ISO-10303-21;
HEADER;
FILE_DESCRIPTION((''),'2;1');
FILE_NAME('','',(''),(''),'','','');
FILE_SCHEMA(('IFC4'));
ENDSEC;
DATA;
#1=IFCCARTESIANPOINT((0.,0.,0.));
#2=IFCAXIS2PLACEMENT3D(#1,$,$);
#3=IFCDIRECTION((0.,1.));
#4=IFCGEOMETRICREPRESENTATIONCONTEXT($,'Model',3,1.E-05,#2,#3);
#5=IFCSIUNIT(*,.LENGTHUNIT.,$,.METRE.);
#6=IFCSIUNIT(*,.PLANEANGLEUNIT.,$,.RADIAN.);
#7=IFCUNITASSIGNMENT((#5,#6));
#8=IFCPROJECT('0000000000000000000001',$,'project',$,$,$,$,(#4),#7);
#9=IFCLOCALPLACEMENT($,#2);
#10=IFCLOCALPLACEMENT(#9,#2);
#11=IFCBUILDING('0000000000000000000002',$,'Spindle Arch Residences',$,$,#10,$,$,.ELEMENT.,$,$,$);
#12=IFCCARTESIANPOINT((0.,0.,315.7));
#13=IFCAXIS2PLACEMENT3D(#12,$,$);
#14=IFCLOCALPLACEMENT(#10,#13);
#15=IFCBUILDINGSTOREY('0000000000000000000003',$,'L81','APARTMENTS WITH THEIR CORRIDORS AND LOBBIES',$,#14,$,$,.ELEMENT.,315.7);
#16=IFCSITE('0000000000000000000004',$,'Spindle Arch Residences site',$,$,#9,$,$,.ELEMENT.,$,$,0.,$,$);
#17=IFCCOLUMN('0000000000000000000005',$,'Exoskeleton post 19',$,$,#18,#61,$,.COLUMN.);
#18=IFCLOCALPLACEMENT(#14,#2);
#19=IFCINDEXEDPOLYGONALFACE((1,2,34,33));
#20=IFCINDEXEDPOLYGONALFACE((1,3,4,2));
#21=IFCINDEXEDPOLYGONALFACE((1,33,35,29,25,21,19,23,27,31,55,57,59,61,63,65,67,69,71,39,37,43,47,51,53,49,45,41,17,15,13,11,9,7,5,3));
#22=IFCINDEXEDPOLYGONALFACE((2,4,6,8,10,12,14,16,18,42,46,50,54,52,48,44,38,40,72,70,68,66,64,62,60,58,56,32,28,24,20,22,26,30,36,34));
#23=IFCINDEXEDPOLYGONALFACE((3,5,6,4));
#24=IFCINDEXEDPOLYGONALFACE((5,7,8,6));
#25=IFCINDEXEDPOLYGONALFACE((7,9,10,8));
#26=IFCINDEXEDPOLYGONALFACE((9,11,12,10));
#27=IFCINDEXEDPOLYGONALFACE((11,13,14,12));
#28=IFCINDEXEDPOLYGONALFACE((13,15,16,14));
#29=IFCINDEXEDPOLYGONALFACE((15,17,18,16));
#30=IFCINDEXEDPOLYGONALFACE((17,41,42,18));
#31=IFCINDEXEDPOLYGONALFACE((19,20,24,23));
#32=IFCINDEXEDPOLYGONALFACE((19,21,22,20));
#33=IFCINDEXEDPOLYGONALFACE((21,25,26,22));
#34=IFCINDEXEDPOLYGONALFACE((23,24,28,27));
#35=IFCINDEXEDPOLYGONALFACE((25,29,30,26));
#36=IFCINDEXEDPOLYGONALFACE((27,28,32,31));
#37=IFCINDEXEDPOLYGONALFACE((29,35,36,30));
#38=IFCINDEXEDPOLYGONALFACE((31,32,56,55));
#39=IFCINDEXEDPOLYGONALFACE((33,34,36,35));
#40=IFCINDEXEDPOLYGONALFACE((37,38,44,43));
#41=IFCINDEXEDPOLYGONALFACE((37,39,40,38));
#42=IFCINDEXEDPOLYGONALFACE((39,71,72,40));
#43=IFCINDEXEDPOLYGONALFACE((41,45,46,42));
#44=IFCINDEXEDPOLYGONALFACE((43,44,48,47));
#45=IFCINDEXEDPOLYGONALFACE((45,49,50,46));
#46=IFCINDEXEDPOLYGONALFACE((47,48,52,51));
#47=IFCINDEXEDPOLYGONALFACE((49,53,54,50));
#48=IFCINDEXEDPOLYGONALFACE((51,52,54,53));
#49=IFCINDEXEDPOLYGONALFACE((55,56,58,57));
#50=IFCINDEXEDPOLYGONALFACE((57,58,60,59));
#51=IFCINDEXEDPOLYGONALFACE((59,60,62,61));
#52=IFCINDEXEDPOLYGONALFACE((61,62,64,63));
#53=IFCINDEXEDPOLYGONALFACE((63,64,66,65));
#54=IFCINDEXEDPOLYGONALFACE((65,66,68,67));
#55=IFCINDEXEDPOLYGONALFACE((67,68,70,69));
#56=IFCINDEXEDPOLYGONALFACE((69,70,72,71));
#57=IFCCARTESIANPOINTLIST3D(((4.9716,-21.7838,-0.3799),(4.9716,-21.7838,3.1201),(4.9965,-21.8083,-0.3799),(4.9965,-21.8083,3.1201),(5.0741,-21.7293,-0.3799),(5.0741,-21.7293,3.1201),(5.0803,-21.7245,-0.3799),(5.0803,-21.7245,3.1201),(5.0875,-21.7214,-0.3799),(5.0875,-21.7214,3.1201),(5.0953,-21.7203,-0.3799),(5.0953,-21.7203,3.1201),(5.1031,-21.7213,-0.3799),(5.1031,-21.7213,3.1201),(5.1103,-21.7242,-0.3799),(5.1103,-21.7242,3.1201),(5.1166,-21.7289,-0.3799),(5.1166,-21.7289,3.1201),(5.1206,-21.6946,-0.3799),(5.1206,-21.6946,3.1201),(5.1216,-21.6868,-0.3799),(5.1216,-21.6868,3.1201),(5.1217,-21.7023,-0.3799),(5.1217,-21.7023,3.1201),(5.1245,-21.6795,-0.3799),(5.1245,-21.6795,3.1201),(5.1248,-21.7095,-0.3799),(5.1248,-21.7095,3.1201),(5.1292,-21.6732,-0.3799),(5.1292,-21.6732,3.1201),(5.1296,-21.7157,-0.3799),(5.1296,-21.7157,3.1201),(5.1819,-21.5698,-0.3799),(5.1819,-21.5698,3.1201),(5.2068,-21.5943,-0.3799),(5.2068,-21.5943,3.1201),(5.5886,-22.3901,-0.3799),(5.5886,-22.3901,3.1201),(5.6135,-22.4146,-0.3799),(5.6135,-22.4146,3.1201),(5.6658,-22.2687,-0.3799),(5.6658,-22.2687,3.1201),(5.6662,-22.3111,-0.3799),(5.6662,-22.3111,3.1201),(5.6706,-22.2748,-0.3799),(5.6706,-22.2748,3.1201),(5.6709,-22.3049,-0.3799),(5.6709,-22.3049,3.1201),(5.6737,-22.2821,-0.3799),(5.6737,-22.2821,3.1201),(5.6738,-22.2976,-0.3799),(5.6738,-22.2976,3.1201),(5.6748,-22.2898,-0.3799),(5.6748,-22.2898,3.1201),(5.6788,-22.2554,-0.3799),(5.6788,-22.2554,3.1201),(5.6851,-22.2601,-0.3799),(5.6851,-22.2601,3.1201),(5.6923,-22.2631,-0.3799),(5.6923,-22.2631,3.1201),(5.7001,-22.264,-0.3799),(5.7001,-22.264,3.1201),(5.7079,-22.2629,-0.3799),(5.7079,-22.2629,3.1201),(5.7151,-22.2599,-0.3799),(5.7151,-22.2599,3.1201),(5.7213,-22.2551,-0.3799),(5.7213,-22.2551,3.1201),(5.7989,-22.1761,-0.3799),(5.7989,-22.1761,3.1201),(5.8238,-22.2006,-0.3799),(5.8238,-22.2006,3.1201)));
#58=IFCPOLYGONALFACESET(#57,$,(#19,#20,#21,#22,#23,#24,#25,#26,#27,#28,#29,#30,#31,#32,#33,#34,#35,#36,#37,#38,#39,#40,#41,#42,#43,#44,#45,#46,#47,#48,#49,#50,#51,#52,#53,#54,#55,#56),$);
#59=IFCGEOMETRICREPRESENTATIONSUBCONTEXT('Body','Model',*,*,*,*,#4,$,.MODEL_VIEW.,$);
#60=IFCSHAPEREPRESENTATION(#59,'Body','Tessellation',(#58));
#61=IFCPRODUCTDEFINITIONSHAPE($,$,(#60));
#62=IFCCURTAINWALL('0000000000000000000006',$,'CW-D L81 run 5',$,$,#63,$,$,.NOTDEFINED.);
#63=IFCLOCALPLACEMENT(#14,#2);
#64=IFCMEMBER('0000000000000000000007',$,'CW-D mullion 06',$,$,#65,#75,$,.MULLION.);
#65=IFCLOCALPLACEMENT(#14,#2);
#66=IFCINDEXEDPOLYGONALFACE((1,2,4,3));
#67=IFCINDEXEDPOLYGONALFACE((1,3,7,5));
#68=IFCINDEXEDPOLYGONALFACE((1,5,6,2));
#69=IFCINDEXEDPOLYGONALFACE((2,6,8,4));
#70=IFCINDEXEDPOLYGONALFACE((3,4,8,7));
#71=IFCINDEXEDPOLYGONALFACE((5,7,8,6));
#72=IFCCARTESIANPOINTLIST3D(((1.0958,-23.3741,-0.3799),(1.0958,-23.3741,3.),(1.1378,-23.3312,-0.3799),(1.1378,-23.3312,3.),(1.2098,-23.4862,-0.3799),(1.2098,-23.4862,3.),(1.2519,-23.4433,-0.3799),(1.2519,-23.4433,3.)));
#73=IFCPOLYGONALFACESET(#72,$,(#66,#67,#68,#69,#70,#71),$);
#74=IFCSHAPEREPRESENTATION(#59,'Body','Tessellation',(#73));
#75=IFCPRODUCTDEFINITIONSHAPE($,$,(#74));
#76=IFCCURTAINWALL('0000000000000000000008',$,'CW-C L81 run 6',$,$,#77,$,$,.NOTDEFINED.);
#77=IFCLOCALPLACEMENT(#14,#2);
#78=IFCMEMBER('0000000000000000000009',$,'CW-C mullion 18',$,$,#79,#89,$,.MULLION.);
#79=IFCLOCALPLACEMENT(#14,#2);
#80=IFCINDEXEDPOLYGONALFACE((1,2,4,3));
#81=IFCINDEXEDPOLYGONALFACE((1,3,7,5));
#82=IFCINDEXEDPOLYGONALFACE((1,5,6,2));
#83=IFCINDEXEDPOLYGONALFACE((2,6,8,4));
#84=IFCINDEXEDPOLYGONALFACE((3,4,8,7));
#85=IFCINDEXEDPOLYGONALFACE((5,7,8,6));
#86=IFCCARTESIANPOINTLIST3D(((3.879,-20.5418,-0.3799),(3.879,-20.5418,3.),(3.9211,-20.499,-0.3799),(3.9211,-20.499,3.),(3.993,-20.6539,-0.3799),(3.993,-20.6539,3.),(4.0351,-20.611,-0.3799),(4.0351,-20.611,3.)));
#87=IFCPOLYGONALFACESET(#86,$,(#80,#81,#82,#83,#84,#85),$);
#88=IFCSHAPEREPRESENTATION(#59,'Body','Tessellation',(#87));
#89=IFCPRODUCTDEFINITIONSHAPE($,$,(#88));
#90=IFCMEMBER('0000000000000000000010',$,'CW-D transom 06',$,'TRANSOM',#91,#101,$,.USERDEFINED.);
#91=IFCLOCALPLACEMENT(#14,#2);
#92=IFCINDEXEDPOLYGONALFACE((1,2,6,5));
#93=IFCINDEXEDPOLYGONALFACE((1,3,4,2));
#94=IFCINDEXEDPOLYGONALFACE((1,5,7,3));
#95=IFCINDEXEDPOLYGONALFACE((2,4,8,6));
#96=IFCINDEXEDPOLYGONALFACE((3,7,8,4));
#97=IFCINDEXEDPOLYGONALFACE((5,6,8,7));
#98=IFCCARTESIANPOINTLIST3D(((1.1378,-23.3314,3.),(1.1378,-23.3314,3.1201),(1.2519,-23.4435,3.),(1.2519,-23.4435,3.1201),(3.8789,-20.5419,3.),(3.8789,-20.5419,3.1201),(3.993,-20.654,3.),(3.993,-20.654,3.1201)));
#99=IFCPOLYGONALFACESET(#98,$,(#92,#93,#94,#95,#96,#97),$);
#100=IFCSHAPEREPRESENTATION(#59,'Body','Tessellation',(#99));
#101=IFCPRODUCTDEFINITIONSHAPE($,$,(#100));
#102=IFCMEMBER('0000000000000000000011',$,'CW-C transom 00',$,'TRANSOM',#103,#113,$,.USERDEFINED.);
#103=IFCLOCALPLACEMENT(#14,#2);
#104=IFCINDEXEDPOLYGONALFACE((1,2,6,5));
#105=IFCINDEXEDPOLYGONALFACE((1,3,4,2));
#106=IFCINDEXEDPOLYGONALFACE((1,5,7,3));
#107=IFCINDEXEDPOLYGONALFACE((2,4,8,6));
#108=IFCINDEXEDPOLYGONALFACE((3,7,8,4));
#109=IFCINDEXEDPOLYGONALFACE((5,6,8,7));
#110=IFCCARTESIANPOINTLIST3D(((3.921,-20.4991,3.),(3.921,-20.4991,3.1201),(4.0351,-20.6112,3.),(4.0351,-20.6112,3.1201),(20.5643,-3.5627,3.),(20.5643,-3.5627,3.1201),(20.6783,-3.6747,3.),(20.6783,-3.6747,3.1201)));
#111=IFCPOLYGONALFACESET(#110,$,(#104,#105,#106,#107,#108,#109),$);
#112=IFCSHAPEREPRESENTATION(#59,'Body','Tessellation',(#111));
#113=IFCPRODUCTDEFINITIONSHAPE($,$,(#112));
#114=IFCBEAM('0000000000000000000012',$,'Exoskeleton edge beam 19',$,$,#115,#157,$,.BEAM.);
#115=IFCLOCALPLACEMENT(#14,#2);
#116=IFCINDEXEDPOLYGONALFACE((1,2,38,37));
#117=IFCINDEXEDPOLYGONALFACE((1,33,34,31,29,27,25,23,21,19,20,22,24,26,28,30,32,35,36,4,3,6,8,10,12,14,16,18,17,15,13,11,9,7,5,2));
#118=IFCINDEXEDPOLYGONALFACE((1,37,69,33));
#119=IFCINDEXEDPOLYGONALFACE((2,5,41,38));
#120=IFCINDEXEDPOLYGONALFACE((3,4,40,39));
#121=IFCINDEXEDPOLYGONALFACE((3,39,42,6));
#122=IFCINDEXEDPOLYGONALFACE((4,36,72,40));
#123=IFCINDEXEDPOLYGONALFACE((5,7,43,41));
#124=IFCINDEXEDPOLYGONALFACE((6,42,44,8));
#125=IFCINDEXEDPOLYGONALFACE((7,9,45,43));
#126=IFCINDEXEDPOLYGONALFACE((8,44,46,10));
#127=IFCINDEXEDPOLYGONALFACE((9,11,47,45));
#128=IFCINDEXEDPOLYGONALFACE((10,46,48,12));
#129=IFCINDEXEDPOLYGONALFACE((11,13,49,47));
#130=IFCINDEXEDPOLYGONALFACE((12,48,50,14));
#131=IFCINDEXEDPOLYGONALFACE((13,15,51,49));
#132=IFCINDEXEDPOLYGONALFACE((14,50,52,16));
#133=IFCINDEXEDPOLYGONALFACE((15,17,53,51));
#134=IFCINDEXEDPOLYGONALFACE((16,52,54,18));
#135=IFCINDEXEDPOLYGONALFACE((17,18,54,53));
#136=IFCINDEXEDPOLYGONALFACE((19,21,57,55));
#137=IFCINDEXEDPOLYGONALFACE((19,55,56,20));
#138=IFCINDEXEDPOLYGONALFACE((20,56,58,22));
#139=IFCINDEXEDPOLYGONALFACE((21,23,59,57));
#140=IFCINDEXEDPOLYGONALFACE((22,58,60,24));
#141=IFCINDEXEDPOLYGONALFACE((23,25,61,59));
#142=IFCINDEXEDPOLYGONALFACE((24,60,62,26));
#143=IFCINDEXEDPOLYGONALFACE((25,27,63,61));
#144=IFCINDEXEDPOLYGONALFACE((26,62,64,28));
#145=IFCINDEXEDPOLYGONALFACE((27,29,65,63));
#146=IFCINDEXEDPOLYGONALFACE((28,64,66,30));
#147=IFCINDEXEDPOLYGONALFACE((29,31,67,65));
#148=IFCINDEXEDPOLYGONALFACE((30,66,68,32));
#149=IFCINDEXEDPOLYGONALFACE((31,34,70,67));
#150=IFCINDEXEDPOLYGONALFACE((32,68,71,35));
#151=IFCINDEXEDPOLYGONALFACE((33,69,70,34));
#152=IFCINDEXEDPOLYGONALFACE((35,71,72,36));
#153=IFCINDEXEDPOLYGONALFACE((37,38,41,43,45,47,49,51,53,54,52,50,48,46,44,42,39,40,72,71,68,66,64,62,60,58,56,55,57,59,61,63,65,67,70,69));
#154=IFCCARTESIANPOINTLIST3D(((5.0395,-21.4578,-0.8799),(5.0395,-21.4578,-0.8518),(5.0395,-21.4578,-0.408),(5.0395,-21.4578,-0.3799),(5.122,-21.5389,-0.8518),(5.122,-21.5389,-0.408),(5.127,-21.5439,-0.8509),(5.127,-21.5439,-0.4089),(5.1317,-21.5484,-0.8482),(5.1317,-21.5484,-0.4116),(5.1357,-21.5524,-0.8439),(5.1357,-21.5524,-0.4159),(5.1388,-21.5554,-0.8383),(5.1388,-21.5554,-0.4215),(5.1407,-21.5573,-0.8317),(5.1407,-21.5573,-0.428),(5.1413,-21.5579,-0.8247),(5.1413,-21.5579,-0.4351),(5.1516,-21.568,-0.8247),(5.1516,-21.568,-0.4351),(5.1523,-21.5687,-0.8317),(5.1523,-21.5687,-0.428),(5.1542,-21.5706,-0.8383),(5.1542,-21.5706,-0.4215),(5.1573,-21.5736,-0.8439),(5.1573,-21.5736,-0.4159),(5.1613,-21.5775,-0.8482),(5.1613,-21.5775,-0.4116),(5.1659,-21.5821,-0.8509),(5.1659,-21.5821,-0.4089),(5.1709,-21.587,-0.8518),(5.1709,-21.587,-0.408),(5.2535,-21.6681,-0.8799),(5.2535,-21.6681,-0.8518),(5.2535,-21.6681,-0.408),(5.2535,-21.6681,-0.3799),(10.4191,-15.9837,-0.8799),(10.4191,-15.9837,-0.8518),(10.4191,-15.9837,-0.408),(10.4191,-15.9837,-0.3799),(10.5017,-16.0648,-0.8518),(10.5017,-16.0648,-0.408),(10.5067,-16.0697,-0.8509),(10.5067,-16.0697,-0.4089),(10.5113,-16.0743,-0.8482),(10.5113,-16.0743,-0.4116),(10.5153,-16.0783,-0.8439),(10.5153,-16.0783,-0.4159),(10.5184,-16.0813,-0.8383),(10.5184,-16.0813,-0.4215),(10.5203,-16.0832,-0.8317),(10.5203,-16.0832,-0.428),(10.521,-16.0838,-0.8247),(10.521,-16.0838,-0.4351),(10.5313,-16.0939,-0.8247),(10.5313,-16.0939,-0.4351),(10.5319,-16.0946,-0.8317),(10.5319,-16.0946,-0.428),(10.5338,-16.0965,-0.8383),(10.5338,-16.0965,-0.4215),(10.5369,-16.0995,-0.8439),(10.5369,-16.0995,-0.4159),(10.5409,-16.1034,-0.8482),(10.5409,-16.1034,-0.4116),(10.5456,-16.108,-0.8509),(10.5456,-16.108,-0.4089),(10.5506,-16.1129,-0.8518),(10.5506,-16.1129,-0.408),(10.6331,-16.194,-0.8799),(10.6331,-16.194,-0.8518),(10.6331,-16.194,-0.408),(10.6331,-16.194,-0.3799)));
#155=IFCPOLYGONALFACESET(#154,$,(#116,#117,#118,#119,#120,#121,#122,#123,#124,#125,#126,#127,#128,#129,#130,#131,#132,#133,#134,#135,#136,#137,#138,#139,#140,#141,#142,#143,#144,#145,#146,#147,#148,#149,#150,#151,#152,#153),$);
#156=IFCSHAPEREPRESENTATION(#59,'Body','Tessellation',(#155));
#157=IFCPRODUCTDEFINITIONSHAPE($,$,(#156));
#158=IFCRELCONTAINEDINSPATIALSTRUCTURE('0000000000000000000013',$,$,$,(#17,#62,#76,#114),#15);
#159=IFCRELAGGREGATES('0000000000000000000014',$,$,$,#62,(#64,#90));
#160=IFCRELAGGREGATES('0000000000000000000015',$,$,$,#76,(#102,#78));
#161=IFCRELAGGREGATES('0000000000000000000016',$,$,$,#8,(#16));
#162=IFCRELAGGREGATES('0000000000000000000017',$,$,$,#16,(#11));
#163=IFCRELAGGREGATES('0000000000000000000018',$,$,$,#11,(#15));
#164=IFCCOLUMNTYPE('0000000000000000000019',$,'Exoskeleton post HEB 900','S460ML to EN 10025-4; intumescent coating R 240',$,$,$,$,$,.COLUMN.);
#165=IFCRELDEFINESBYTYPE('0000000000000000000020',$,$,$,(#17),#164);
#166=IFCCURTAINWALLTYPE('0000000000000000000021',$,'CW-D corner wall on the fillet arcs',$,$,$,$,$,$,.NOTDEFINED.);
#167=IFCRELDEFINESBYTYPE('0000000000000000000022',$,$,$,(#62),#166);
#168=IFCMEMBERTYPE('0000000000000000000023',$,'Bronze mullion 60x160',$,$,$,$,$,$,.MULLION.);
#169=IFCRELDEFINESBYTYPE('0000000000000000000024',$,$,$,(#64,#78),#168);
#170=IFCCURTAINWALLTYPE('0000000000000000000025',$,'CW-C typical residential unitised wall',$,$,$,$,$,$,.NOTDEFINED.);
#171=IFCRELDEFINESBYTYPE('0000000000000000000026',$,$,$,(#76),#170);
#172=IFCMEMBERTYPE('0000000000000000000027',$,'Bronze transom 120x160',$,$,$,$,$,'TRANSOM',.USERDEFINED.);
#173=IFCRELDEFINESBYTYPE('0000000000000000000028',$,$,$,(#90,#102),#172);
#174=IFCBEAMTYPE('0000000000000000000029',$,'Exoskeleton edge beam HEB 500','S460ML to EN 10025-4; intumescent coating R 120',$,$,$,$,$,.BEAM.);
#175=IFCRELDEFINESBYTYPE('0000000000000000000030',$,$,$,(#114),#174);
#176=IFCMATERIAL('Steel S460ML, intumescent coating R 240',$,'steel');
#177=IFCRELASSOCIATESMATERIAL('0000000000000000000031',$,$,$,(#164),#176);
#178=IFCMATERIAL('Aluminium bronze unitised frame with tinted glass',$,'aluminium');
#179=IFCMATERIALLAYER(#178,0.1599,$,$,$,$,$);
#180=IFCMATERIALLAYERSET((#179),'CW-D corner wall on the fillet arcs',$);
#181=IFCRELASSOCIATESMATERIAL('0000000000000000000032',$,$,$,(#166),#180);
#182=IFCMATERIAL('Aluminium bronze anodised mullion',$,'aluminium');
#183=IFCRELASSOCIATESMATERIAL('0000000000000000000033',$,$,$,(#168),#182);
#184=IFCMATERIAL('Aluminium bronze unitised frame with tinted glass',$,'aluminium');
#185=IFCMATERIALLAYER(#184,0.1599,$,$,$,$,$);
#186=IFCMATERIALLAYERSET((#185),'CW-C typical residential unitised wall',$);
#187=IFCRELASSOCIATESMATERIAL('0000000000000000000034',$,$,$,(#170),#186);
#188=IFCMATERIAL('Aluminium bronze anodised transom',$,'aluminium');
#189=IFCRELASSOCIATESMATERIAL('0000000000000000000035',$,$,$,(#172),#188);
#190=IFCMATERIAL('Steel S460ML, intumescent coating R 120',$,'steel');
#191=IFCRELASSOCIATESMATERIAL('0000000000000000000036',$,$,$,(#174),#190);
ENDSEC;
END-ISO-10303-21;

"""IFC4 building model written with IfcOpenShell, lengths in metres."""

from ifc_helpers import new_model, si_unit, direction, frame, origin, origin_2d, place, context, subcontext, project, spatial, rectangle, i_section, extrude, material, layer, layer_set, material_profile, profile_set, type_object, element, aggregate, save


model = new_model("IFC4")

# Units and contexts
model_context = context("Model", 3, precision=1e-05, world=origin(), true_north=direction((0.0, 1.0)))
body_context = subcontext(model_context, "Body", "Model", "MODEL_VIEW")
ifc_project = project(units=[si_unit("LENGTHUNIT", "METRE"), si_unit("PLANEANGLEUNIT", "RADIAN")], contexts=[model_context])

# Site, building, storey
site_placement = place(None, origin())
site = spatial("IfcSite", under=ifc_project, at=site_placement, Name="Spindle Arch Residences site", CompositionType="ELEMENT", RefElevation=0.0)
building_placement = place(site_placement, origin())
building = spatial("IfcBuilding", under=site, at=building_placement, Name="Spindle Arch Residences", CompositionType="ELEMENT")
storey_placement = place(building_placement, frame((0.0, 0.0, 315.7)))
storey = spatial("IfcBuildingStorey", under=building, at=storey_placement, Name="L81", Description="APARTMENTS WITH THEIR CORRIDORS AND LOBBIES", CompositionType="ELEMENT", Elevation=315.7)

# Column
ifc_material_1 = material(Name="Steel S460ML, intumescent coating R 240", Category="steel")
ifc_material_profile_1 = material_profile(ifc_material_1, i_section(OverallWidth=0.3, OverallDepth=0.8999, WebThickness=0.0186, FlangeThickness=0.0349, FilletRadius=0.03, at=origin_2d()), Name="HEB 900")
ifc_profile_set_1 = profile_set([ifc_material_profile_1], Name="Steel S460ML, intumescent coating R 240")
column_type = type_object("IfcColumnType", Name="Exoskeleton post HEB 900", Description="S460ML to EN 10025-4; intumescent coating R 240", PredefinedType="COLUMN", material=ifc_profile_set_1)
column_placement = place(storey_placement, frame((5.3977, -21.9922, -0.3799), z_axis=(0.0, 0.0, 1.0), x_axis=(-0.700909, -0.71325, 0.0)))
element("IfcColumn", 1, at=column_placement, inside=storey, type_object=column_type, Name="Exoskeleton post 19", PredefinedType="COLUMN", context=body_context, shape_type="SweptSolid", body=[
    extrude(i_section(OverallWidth=0.3, OverallDepth=0.8999, WebThickness=0.0186, FlangeThickness=0.0349, FilletRadius=0.03, at=origin_2d()), origin(), (0.0, 0.0, 1.0), 3.5),
])

# Curtain walls, members
ifc_material_2 = material(Name="Aluminium bronze unitised frame with tinted glass", Category="aluminium")
ifc_layer_1 = layer(ifc_material_2, 0.1599)
ifc_layer_set_1 = layer_set([ifc_layer_1], Name="CW-D corner wall on the fillet arcs")
curtain_wall_type_1 = type_object("IfcCurtainWallType", Name="CW-D corner wall on the fillet arcs", PredefinedType="NOTDEFINED", material=ifc_layer_set_1)
curtain_wall_1_placement = place(storey_placement, origin())
curtain_wall_1 = element("IfcCurtainWall", 2, at=curtain_wall_1_placement, inside=storey, type_object=curtain_wall_type_1, Name="CW-D L81 run 5", PredefinedType="NOTDEFINED")
ifc_material_3 = material(Name="Aluminium bronze anodised mullion", Category="aluminium")
ifc_material_profile_2 = material_profile(ifc_material_3, rectangle(XDim=0.1599, YDim=0.0601, at=origin_2d()), Name="MU 60x160")
ifc_profile_set_2 = profile_set([ifc_material_profile_2], Name="Aluminium bronze anodised mullion")
member_type_1 = type_object("IfcMemberType", Name="Bronze mullion 60x160", PredefinedType="MULLION", material=ifc_profile_set_2)
member_1_placement = place(storey_placement, frame((1.1738, -23.4087, -0.3799), z_axis=(0.0, 0.0, 1.0), x_axis=(-0.71325, 0.700909, 0.0)))
member_1 = element("IfcMember", 3, at=member_1_placement, type_object=member_type_1, Name="CW-D mullion 06", PredefinedType="MULLION", context=body_context, shape_type="SweptSolid", body=[
    extrude(rectangle(XDim=0.1599, YDim=0.0601, at=origin_2d()), origin(), (0.0, 0.0, 1.0), 3.3799),
])
ifc_material_4 = material(Name="Aluminium bronze unitised frame with tinted glass", Category="aluminium")
ifc_layer_2 = layer(ifc_material_4, 0.1599)
ifc_layer_set_2 = layer_set([ifc_layer_2], Name="CW-C typical residential unitised wall")
curtain_wall_type_2 = type_object("IfcCurtainWallType", Name="CW-C typical residential unitised wall", PredefinedType="NOTDEFINED", material=ifc_layer_set_2)
curtain_wall_2_placement = place(storey_placement, origin())
curtain_wall_2 = element("IfcCurtainWall", 4, at=curtain_wall_2_placement, inside=storey, type_object=curtain_wall_type_2, Name="CW-C L81 run 6", PredefinedType="NOTDEFINED")
member_2_placement = place(storey_placement, frame((3.957, -20.5764, -0.3799), z_axis=(0.0, 0.0, 1.0), x_axis=(-0.71325, 0.700909, 0.0)))
member_2 = element("IfcMember", 5, at=member_2_placement, type_object=member_type_1, Name="CW-C mullion 18", PredefinedType="MULLION", context=body_context, shape_type="SweptSolid", body=[
    extrude(rectangle(XDim=0.1599, YDim=0.0601, at=origin_2d()), origin(), (0.0, 0.0, 1.0), 3.3799),
])

# Members
ifc_material_5 = material(Name="Aluminium bronze anodised transom", Category="aluminium")
ifc_material_profile_3 = material_profile(ifc_material_5, rectangle(XDim=0.1599, YDim=0.1201, at=origin_2d()), Name="TR 120x160")
ifc_profile_set_3 = profile_set([ifc_material_profile_3], Name="Aluminium bronze anodised transom")
member_type_2 = type_object("IfcMemberType", Name="Bronze transom 120x160", ElementType="TRANSOM", PredefinedType="USERDEFINED", material=ifc_profile_set_3)
member_3_placement = place(storey_placement, frame((1.1948, -23.3875, 3.0601), z_axis=(0.7009, 0.71326, 0.0), x_axis=(-0.71326, 0.7009, 0.0)))
member_3 = element("IfcMember", 6, at=member_3_placement, type_object=member_type_2, Name="CW-D transom 06", ObjectType="TRANSOM", PredefinedType="USERDEFINED", context=body_context, shape_type="SweptSolid", body=[
    extrude(rectangle(XDim=0.1599, YDim=0.1201, at=origin_2d()), origin(), (0.0, 0.0, 1.0), 3.9109),
])
member_4_placement = place(storey_placement, frame((3.978, -20.5552, 3.0601), z_axis=(0.700906, 0.713254, 0.0), x_axis=(-0.713254, 0.700906, 0.0)))
member_4 = element("IfcMember", 7, at=member_4_placement, type_object=member_type_2, Name="CW-C transom 00", ObjectType="TRANSOM", PredefinedType="USERDEFINED", context=body_context, shape_type="SweptSolid", body=[
    extrude(rectangle(XDim=0.1599, YDim=0.1201, at=origin_2d()), origin(), (0.0, 0.0, 1.0), 23.7454),
])

# Beam
ifc_material_6 = material(Name="Steel S460ML, intumescent coating R 120", Category="steel")
ifc_material_profile_4 = material_profile(ifc_material_6, i_section(OverallWidth=0.3, OverallDepth=0.5, WebThickness=0.0144, FlangeThickness=0.0281, FilletRadius=0.0271, at=origin_2d()), Name="HEB 500")
ifc_profile_set_4 = profile_set([ifc_material_profile_4], Name="Steel S460ML, intumescent coating R 120")
beam_type_1 = type_object("IfcBeamType", Name="Exoskeleton edge beam HEB 500", Description="S460ML to EN 10025-4; intumescent coating R 120", PredefinedType="BEAM", material=ifc_profile_set_4)
beam_1_placement = place(storey_placement, frame((5.1465, -21.563, -0.6299), z_axis=(0.700925, 0.713235, 0.0), x_axis=(-0.713235, 0.700925, 0.0)))
element("IfcBeam", 8, at=beam_1_placement, inside=storey, type_object=beam_type_1, Name="Exoskeleton edge beam 19", PredefinedType="BEAM", context=body_context, shape_type="SweptSolid", body=[
    extrude(i_section(OverallWidth=0.3, OverallDepth=0.5, WebThickness=0.0144, FlangeThickness=0.0281, FilletRadius=0.0271, at=origin_2d()), origin(), (0.0, 0.0, 1.0), 7.675),
])

aggregate(curtain_wall_1, [member_1, member_3])
aggregate(curtain_wall_2, [member_4, member_2])

save(model, "model.ifc")
